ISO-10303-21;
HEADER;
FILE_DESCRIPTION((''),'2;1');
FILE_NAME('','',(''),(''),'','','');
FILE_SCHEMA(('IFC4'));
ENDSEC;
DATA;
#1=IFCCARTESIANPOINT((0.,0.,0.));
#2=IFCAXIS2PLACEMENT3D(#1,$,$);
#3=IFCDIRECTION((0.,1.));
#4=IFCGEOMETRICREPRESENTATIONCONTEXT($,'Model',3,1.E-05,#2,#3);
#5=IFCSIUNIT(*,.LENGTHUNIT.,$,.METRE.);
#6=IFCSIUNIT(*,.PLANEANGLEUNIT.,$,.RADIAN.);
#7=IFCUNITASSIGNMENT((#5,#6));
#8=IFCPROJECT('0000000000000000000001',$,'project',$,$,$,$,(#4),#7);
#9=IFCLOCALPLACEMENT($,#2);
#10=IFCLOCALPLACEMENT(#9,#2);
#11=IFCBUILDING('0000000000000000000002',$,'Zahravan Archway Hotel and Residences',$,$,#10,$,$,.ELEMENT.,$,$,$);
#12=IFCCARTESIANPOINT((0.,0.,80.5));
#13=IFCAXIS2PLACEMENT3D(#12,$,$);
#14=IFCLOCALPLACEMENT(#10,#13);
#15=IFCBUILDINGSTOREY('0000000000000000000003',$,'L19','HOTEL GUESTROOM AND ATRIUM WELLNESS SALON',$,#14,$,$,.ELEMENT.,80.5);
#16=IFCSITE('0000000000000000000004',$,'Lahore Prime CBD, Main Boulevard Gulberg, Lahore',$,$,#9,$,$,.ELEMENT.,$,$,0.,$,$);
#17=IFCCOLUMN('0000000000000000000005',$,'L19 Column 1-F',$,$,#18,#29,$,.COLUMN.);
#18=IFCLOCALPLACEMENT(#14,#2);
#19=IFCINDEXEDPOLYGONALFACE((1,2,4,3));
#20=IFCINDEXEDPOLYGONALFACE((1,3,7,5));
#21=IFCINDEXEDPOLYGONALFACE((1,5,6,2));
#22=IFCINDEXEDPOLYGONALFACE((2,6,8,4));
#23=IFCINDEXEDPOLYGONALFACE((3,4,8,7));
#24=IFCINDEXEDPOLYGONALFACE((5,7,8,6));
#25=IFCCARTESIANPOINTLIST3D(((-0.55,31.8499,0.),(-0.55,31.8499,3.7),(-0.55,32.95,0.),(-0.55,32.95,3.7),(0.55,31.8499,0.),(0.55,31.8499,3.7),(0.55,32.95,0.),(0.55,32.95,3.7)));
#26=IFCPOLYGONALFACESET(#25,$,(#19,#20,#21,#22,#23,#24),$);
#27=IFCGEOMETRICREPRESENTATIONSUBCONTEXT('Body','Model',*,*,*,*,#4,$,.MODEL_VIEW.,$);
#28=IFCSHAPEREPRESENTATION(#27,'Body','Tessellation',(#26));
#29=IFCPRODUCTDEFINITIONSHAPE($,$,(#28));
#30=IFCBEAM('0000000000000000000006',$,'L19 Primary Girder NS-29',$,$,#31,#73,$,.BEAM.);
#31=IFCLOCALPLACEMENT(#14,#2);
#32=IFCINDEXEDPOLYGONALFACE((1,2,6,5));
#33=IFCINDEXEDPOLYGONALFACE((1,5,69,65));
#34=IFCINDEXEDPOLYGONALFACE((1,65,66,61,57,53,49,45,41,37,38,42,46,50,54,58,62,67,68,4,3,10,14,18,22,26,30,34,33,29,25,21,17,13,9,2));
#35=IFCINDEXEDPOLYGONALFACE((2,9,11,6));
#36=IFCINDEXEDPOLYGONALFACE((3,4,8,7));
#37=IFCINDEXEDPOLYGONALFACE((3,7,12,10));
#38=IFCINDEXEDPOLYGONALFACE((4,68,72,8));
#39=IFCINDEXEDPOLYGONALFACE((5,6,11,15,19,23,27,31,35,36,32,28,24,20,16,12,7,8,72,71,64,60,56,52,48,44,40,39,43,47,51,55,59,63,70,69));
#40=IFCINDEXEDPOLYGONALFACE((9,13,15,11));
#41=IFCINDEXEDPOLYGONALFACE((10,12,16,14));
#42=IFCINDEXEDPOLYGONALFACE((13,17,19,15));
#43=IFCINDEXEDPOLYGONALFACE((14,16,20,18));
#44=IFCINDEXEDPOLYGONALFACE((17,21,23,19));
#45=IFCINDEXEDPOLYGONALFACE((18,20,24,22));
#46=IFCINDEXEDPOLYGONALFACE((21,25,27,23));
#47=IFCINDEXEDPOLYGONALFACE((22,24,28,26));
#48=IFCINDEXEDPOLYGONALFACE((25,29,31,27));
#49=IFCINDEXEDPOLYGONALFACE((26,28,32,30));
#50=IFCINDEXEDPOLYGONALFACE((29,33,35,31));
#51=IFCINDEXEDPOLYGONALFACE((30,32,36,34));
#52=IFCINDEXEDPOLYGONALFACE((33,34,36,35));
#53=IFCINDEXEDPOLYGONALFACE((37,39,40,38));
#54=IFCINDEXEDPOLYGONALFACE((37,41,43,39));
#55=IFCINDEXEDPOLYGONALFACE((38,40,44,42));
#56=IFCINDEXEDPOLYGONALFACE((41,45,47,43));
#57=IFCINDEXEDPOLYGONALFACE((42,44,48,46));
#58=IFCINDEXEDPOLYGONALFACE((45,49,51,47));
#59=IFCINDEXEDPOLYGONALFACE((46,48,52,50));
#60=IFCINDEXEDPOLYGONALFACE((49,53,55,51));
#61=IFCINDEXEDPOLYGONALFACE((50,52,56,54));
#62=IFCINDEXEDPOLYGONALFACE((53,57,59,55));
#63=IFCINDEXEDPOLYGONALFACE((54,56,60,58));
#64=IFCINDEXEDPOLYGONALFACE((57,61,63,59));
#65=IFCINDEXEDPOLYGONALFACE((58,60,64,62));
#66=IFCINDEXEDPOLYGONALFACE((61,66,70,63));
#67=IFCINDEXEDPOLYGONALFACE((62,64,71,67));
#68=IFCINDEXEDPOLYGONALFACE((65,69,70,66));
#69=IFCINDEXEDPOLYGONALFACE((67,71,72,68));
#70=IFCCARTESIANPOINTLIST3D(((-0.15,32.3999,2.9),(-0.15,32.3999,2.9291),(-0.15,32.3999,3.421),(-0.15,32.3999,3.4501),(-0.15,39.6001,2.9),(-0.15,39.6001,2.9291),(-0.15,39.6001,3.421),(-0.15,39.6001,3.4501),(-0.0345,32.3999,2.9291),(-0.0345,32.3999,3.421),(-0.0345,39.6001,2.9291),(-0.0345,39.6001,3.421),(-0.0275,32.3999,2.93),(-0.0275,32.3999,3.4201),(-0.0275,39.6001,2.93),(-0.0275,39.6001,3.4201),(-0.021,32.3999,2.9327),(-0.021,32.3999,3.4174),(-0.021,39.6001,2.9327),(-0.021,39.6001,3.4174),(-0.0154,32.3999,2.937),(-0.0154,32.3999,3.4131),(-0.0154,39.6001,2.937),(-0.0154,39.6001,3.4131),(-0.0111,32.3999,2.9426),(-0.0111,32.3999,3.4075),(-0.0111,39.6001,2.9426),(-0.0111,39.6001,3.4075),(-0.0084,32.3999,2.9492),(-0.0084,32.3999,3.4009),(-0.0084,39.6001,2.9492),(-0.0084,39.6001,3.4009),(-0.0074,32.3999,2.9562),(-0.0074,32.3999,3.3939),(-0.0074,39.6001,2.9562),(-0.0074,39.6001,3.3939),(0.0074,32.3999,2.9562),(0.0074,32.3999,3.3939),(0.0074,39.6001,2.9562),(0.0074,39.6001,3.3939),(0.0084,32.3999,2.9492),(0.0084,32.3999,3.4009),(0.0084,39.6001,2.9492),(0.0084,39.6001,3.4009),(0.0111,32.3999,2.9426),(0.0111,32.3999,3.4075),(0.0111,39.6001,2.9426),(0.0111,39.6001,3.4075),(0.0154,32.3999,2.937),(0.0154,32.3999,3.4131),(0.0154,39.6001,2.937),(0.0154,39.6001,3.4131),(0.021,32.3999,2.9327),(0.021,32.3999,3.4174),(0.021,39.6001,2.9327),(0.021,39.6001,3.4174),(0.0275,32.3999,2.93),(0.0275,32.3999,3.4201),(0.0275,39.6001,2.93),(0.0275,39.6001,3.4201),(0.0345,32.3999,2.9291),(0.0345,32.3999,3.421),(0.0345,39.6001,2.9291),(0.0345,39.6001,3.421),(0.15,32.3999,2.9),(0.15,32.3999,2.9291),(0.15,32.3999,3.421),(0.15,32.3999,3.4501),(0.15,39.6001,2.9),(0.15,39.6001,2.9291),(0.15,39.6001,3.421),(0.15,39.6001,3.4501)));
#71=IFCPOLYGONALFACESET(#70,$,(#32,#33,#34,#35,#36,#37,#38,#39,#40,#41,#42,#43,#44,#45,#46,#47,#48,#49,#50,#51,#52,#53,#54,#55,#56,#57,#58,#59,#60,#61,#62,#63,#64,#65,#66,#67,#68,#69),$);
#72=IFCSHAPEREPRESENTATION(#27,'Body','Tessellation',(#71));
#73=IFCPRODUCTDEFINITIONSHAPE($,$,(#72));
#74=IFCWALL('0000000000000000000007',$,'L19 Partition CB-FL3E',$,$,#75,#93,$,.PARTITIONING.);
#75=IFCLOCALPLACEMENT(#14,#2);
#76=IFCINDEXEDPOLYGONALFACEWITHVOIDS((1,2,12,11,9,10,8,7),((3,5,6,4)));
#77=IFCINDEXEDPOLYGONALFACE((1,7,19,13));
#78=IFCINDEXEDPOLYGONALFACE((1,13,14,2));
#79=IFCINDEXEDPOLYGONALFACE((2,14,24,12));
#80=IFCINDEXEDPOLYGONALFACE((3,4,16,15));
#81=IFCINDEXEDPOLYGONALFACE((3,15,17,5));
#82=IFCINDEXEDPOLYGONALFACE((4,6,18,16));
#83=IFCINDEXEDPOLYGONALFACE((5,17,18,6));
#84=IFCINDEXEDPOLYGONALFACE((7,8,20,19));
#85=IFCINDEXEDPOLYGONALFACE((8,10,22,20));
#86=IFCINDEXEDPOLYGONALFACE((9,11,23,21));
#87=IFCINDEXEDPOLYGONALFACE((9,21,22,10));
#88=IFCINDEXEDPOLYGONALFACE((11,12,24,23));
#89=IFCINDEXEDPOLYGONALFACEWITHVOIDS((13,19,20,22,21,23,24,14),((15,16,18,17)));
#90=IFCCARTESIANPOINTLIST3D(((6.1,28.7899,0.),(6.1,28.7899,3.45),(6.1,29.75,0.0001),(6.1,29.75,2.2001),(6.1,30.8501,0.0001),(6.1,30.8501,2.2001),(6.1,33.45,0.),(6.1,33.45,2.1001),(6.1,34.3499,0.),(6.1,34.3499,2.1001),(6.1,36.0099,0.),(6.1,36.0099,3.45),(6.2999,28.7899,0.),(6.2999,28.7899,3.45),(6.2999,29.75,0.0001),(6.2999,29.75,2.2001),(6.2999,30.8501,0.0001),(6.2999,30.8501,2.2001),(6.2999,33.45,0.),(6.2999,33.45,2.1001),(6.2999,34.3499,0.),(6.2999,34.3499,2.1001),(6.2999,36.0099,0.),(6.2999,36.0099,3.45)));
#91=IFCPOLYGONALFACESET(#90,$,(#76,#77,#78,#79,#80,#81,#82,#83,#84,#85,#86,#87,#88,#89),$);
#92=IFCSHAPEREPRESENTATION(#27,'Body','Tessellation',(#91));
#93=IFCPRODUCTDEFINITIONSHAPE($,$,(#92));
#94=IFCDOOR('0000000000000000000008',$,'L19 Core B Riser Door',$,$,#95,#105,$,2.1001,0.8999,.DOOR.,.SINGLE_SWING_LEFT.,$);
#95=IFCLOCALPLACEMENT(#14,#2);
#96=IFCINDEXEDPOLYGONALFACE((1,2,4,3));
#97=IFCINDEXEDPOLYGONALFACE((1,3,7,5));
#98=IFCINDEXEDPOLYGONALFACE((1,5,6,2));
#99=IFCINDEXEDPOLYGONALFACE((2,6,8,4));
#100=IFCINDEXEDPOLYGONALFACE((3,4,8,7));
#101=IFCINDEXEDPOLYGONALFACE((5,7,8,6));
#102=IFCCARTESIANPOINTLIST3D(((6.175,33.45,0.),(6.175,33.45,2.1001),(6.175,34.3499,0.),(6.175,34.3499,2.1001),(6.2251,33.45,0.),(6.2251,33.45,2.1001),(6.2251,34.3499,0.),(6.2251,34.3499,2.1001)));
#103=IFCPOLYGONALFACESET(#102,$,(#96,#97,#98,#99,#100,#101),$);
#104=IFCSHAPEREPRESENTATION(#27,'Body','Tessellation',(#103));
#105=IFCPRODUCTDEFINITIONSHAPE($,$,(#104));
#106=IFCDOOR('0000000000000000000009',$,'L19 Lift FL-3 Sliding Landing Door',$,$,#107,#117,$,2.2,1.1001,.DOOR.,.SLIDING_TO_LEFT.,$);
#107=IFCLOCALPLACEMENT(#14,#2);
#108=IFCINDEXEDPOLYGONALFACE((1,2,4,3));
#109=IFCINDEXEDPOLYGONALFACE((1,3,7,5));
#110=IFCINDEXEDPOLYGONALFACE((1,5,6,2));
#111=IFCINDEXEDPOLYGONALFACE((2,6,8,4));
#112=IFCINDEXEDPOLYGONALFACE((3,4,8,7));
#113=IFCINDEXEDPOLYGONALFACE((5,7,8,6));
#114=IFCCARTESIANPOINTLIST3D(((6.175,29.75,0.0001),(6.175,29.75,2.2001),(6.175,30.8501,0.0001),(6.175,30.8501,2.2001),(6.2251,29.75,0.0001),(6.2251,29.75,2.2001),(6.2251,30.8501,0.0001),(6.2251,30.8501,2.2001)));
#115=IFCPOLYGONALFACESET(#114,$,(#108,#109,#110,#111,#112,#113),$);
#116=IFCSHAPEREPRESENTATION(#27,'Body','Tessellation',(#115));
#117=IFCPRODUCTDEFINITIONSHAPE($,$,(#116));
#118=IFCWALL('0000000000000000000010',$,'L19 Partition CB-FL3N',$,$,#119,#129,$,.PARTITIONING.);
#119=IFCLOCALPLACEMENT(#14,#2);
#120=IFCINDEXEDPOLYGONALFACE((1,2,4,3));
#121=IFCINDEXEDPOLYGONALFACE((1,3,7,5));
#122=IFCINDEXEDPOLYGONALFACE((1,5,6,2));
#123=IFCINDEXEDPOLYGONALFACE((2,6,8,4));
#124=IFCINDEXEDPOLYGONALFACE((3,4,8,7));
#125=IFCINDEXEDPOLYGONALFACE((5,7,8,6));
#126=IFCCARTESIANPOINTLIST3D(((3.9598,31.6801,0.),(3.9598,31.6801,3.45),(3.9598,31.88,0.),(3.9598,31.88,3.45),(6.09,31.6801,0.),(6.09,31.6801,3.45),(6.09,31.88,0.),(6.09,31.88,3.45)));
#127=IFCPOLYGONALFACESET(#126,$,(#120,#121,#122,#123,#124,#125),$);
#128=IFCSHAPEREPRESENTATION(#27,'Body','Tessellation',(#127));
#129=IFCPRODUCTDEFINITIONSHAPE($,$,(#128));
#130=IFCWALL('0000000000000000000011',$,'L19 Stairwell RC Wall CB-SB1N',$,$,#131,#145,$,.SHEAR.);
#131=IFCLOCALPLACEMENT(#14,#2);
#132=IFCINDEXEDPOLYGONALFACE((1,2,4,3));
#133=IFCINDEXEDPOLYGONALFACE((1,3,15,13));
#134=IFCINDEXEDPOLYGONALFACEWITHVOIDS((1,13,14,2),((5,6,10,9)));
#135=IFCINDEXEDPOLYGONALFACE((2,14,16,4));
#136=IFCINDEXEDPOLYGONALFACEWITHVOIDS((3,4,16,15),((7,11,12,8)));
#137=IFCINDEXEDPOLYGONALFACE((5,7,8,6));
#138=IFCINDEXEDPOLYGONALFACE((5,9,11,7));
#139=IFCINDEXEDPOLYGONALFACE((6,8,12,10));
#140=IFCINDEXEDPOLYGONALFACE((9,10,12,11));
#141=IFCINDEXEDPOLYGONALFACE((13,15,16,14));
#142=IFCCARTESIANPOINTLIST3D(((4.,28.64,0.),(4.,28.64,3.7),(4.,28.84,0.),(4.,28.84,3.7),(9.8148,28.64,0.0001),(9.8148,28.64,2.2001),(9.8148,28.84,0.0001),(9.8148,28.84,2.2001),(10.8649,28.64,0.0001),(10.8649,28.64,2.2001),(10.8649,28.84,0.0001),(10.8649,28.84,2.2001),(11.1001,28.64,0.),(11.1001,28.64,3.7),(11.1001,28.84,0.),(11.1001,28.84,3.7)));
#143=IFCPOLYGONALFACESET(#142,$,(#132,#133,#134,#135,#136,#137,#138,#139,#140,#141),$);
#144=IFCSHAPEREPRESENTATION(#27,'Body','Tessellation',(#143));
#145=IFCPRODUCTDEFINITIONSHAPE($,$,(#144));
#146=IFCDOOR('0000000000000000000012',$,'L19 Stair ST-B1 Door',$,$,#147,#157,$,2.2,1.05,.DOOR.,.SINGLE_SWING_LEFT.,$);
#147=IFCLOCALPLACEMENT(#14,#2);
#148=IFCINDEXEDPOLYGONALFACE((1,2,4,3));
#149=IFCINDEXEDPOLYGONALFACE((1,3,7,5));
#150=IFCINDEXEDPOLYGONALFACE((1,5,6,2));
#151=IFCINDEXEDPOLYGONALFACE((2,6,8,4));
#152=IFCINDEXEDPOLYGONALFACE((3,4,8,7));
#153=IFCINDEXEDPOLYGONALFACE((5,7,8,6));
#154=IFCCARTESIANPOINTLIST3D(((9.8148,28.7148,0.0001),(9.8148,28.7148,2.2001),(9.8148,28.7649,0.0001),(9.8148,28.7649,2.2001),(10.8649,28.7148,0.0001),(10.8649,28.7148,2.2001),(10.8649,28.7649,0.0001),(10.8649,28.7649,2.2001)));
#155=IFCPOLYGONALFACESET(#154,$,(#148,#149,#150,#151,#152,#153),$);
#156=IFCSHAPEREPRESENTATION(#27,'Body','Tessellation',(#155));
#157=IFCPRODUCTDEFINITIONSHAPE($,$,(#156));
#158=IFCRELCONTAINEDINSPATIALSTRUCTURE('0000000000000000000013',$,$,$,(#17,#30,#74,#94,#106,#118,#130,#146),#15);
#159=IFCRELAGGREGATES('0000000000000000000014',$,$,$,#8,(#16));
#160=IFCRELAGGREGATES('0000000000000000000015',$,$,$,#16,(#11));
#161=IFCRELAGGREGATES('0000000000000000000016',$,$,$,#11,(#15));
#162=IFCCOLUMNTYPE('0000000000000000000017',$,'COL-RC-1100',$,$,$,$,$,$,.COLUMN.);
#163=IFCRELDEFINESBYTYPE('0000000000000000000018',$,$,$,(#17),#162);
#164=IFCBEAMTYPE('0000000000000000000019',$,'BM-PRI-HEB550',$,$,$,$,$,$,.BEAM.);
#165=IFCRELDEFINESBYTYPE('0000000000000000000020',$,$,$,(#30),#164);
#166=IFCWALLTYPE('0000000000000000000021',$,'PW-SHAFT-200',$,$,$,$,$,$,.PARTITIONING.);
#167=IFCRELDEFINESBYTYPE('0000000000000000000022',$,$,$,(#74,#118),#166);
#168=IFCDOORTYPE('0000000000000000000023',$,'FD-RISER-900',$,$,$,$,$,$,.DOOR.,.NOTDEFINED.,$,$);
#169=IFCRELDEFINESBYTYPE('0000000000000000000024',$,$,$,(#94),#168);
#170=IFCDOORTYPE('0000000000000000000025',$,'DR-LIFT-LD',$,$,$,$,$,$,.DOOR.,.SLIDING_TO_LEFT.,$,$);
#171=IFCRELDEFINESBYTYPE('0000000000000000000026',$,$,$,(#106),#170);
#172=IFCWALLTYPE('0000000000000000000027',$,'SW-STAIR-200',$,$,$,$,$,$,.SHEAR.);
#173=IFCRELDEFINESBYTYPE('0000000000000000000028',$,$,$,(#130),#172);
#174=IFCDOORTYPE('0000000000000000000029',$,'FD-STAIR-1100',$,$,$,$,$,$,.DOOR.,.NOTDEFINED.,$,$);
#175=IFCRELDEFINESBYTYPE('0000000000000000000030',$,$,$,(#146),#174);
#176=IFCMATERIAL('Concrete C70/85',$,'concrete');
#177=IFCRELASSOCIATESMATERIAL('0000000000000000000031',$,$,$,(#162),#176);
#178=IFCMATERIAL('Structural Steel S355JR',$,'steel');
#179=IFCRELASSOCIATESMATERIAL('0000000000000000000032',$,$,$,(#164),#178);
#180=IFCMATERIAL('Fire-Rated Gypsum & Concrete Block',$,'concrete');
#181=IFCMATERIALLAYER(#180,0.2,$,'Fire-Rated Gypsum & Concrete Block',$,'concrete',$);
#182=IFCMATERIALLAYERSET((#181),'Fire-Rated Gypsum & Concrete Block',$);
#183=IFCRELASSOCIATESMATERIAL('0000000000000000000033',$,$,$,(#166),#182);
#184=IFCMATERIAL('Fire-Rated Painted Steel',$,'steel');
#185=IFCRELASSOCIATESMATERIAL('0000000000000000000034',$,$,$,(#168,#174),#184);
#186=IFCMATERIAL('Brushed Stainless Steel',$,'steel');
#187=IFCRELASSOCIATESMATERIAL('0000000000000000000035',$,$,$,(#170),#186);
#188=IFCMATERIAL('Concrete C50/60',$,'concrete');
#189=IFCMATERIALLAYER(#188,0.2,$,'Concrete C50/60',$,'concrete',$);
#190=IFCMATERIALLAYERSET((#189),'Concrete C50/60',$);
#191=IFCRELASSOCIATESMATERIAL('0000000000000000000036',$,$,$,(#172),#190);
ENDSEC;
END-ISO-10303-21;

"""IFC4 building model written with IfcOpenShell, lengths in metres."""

from ifc_helpers import new_model, si_unit, direction, frame, frame_2d, origin, origin_2d, place, context, subcontext, project, spatial, rectangle, i_section, extrude, source, transform, mapped, material, layer, layer_set, material_profile, profile_set, type_object, type_shapes, element, fill, save


model = new_model("IFC4")

# Units and contexts
model_context = context("Model", 3, precision=1e-05, world=origin(), true_north=direction((0.0, 1.0)))
body_context = subcontext(model_context, "Body", "Model", "MODEL_VIEW")
ifc_project = project(units=[si_unit("LENGTHUNIT", "METRE"), si_unit("PLANEANGLEUNIT", "RADIAN")], contexts=[model_context])

# Site, building, storey
site_placement = place(None, origin())
site = spatial("IfcSite", under=ifc_project, at=site_placement, Name="Lahore Prime CBD, Main Boulevard Gulberg, Lahore", CompositionType="ELEMENT", RefElevation=0.0)
building_placement = place(site_placement, origin())
building = spatial("IfcBuilding", under=site, at=building_placement, Name="Zahravan Archway Hotel and Residences", CompositionType="ELEMENT")
storey_placement = place(building_placement, frame((0.0, 0.0, 80.5)))
storey = spatial("IfcBuildingStorey", under=building, at=storey_placement, Name="L19", Description="HOTEL GUESTROOM AND ATRIUM WELLNESS SALON", CompositionType="ELEMENT", Elevation=80.5)

# Column
ifc_material_1 = material(Name="Concrete C70/85", Category="concrete")
ifc_material_profile_1 = material_profile(ifc_material_1, rectangle(XDim=1.1001, YDim=1.1001, at=origin_2d()), Name="RC 1100x1100", Category="concrete")
ifc_profile_set_1 = profile_set([ifc_material_profile_1], Name="Concrete C70/85")
column_type = type_object("IfcColumnType", Name="COL-RC-1100", PredefinedType="COLUMN", material=ifc_profile_set_1)
shared_shape_1 = source(origin(), body_context, "Body", "SweptSolid", [
    extrude(rectangle(XDim=1.1001, YDim=1.1001, at=origin_2d()), origin(), (0.0, 0.0, 1.0), 3.7),
])
column_placement = place(storey_placement, frame((0.0, 32.3999, 0.0), z_axis=(0.0, 0.0, 1.0), x_axis=(1.0, 0.0, 0.0)))
element("IfcColumn", 1, at=column_placement, inside=storey, type_object=column_type, Name="L19 Column 1-F", PredefinedType="COLUMN", context=body_context, shape_type="MappedRepresentation", body=[
    mapped(shared_shape_1, transform((0.0, 0.0, 0.0), scale=1.0)),
])

# Beam
ifc_material_2 = material(Name="Structural Steel S355JR", Category="steel")
ifc_material_profile_2 = material_profile(ifc_material_2, i_section(OverallWidth=0.3, OverallDepth=0.55, WebThickness=0.0149, FlangeThickness=0.0291, FilletRadius=0.0271, at=origin_2d()), Name="HEB 550", Category="steel")
ifc_profile_set_2 = profile_set([ifc_material_profile_2], Name="Structural Steel S355JR")
beam_type = type_object("IfcBeamType", Name="BM-PRI-HEB550", PredefinedType="BEAM", material=ifc_profile_set_2)
shared_shape_2 = source(origin(), body_context, "Body", "SweptSolid", [
    extrude(i_section(OverallWidth=0.3, OverallDepth=0.55, WebThickness=0.0149, FlangeThickness=0.0291, FilletRadius=0.0271, at=origin_2d()), origin(), (0.0, 0.0, 1.0), 7.2002),
])
type_shapes(beam_type, [shared_shape_2])
beam_placement = place(storey_placement, frame((0.0, 32.3999, 3.175), z_axis=(0.0, 1.0, 0.0), x_axis=(-1.0, 0.0, 0.0)))
element("IfcBeam", 2, at=beam_placement, inside=storey, type_object=beam_type, Name="L19 Primary Girder NS-29", PredefinedType="BEAM", context=body_context, shape_type="MappedRepresentation", body=[
    mapped(shared_shape_2, transform((0.0, 0.0, 0.0), scale=1.0)),
])

# Wall, openings, doors
ifc_material_3 = material(Name="Fire-Rated Gypsum & Concrete Block", Category="concrete")
ifc_layer_1 = layer(ifc_material_3, 0.2, Name="Fire-Rated Gypsum & Concrete Block", Category="concrete")
ifc_layer_set_1 = layer_set([ifc_layer_1], Name="Fire-Rated Gypsum & Concrete Block")
wall_type_1 = type_object("IfcWallType", Name="PW-SHAFT-200", PredefinedType="PARTITIONING", material=ifc_layer_set_1)
wall_1_placement = place(storey_placement, frame((6.2, 28.79, 0.0), z_axis=(0.0, 0.0, 1.0), x_axis=(0.0, 1.0, 0.0)))
wall_1 = element("IfcWall", 3, at=wall_1_placement, inside=storey, type_object=wall_type_1, Name="L19 Partition CB-FL3E", PredefinedType="PARTITIONING", context=body_context, shape_type="SweptSolid", body=[
    extrude(rectangle(XDim=7.22, YDim=0.2, at=frame_2d((3.6099, 0.0))), origin(), (0.0, 0.0, 1.0), 3.45),
])
opening_1_placement = place(wall_1_placement, frame((4.6599, 0.0, 0.0)))
opening_1 = element("IfcOpeningElement", 4, at=opening_1_placement, cuts=wall_1, PredefinedType="OPENING", context=body_context, shape_type="SweptSolid", body=[
    extrude(rectangle(XDim=0.8999, YDim=2.1001, at=frame_2d((0.45, 1.05))), frame((0.0, 0.1099, 0.0), z_axis=(0.0, -1.0, 0.0), x_axis=(1.0, 0.0, 0.0)), (0.0, 0.0, 1.0), 0.22),
])
opening_2_placement = place(wall_1_placement, frame((0.96, 0.0, 0.0)))
opening_2 = element("IfcOpeningElement", 5, at=opening_2_placement, cuts=wall_1, PredefinedType="OPENING", context=body_context, shape_type="SweptSolid", body=[
    extrude(rectangle(XDim=1.1001, YDim=2.2, at=frame_2d((0.55, 1.1001))), frame((0.0, 0.1099, 0.0), z_axis=(0.0, -1.0, 0.0), x_axis=(1.0, 0.0, 0.0)), (0.0, 0.0, 1.0), 0.22),
])
ifc_material_4 = material(Name="Fire-Rated Painted Steel", Category="steel")
door_type_1 = type_object("IfcDoorType", Name="FD-RISER-900", OperationType="NOTDEFINED", PredefinedType="DOOR", material=ifc_material_4)
shared_shape_3 = source(origin(), body_context, "Body", "SweptSolid", [
    extrude(rectangle(XDim=0.8999, YDim=2.1001, at=frame_2d((0.45, 1.05))), frame((0.0, 0.0249, 0.0), z_axis=(0.0, -1.0, 0.0), x_axis=(1.0, 0.0, 0.0)), (0.0, 0.0, 1.0), 0.05),
])
type_shapes(door_type_1, [shared_shape_3])
door_1_placement = place(opening_1_placement, origin())
door_1 = element("IfcDoor", 6, at=door_1_placement, inside=storey, type_object=door_type_1, Name="L19 Core B Riser Door", OperationType="SINGLE_SWING_LEFT", OverallHeight=2.1001, OverallWidth=0.8999, PredefinedType="DOOR", context=body_context, shape_type="MappedRepresentation", body=[
    mapped(shared_shape_3, transform((0.0, 0.0, 0.0), scale=1.0)),
])
fill(opening_1, door_1)
ifc_material_5 = material(Name="Brushed Stainless Steel", Category="steel")
door_type_2 = type_object("IfcDoorType", Name="DR-LIFT-LD", OperationType="SLIDING_TO_LEFT", PredefinedType="DOOR", material=ifc_material_5)
shared_shape_4 = source(origin(), body_context, "Body", "SweptSolid", [
    extrude(rectangle(XDim=1.1001, YDim=2.2, at=frame_2d((0.55, 1.1001))), frame((0.0, 0.0249, 0.0), z_axis=(0.0, -1.0, 0.0), x_axis=(1.0, 0.0, 0.0)), (0.0, 0.0, 1.0), 0.05),
])
type_shapes(door_type_2, [shared_shape_4])
door_2_placement = place(opening_2_placement, origin())
door_2 = element("IfcDoor", 7, at=door_2_placement, inside=storey, type_object=door_type_2, Name="L19 Lift FL-3 Sliding Landing Door", OperationType="SLIDING_TO_LEFT", OverallHeight=2.2, OverallWidth=1.1001, PredefinedType="DOOR", context=body_context, shape_type="MappedRepresentation", body=[
    mapped(shared_shape_4, transform((0.0, 0.0, 0.0), scale=1.0)),
])
fill(opening_2, door_2)

# Wall
wall_2_placement = place(storey_placement, frame((3.96, 31.78, 0.0), z_axis=(0.0, 0.0, 1.0), x_axis=(1.0, 0.0, 0.0)))
element("IfcWall", 8, at=wall_2_placement, inside=storey, type_object=wall_type_1, Name="L19 Partition CB-FL3N", PredefinedType="PARTITIONING", context=body_context, shape_type="SweptSolid", body=[
    extrude(rectangle(XDim=2.1301, YDim=0.2, at=frame_2d((1.0649, 0.0))), origin(), (0.0, 0.0, 1.0), 3.45),
])

# Wall, opening, door
ifc_material_6 = material(Name="Concrete C50/60", Category="concrete")
ifc_layer_2 = layer(ifc_material_6, 0.2, Name="Concrete C50/60", Category="concrete")
ifc_layer_set_2 = layer_set([ifc_layer_2], Name="Concrete C50/60")
wall_type_2 = type_object("IfcWallType", Name="SW-STAIR-200", PredefinedType="SHEAR", material=ifc_layer_set_2)
wall_3_placement = place(storey_placement, frame((4.0, 28.74, 0.0), z_axis=(0.0, 0.0, 1.0), x_axis=(1.0, 0.0, 0.0)))
wall_3 = element("IfcWall", 9, at=wall_3_placement, inside=storey, type_object=wall_type_2, Name="L19 Stairwell RC Wall CB-SB1N", PredefinedType="SHEAR", context=body_context, shape_type="SweptSolid", body=[
    extrude(rectangle(XDim=7.1001, YDim=0.2, at=frame_2d((3.55, 0.0))), origin(), (0.0, 0.0, 1.0), 3.7),
])
opening_3_placement = place(wall_3_placement, frame((5.8149, 0.0, 0.0)))
opening_3 = element("IfcOpeningElement", 10, at=opening_3_placement, cuts=wall_3, PredefinedType="OPENING", context=body_context, shape_type="SweptSolid", body=[
    extrude(rectangle(XDim=1.05, YDim=2.2, at=frame_2d((0.5249, 1.1001))), frame((0.0, 0.1099, 0.0), z_axis=(0.0, -1.0, 0.0), x_axis=(1.0, 0.0, 0.0)), (0.0, 0.0, 1.0), 0.22),
])
door_type_3 = type_object("IfcDoorType", Name="FD-STAIR-1100", OperationType="NOTDEFINED", PredefinedType="DOOR", material=ifc_material_4)
shared_shape_5 = source(origin(), body_context, "Body", "SweptSolid", [
    extrude(rectangle(XDim=1.05, YDim=2.2, at=frame_2d((0.5249, 1.1001))), frame((0.0, 0.0249, 0.0), z_axis=(0.0, -1.0, 0.0), x_axis=(1.0, 0.0, 0.0)), (0.0, 0.0, 1.0), 0.05),
])
type_shapes(door_type_3, [shared_shape_5])
door_3_placement = place(opening_3_placement, origin())
door_3 = element("IfcDoor", 11, at=door_3_placement, inside=storey, type_object=door_type_3, Name="L19 Stair ST-B1 Door", OperationType="SINGLE_SWING_LEFT", OverallHeight=2.2, OverallWidth=1.05, PredefinedType="DOOR", context=body_context, shape_type="MappedRepresentation", body=[
    mapped(shared_shape_5, transform((0.0, 0.0, 0.0), scale=1.0)),
])
fill(opening_3, door_3)

save(model, "model.ifc")
